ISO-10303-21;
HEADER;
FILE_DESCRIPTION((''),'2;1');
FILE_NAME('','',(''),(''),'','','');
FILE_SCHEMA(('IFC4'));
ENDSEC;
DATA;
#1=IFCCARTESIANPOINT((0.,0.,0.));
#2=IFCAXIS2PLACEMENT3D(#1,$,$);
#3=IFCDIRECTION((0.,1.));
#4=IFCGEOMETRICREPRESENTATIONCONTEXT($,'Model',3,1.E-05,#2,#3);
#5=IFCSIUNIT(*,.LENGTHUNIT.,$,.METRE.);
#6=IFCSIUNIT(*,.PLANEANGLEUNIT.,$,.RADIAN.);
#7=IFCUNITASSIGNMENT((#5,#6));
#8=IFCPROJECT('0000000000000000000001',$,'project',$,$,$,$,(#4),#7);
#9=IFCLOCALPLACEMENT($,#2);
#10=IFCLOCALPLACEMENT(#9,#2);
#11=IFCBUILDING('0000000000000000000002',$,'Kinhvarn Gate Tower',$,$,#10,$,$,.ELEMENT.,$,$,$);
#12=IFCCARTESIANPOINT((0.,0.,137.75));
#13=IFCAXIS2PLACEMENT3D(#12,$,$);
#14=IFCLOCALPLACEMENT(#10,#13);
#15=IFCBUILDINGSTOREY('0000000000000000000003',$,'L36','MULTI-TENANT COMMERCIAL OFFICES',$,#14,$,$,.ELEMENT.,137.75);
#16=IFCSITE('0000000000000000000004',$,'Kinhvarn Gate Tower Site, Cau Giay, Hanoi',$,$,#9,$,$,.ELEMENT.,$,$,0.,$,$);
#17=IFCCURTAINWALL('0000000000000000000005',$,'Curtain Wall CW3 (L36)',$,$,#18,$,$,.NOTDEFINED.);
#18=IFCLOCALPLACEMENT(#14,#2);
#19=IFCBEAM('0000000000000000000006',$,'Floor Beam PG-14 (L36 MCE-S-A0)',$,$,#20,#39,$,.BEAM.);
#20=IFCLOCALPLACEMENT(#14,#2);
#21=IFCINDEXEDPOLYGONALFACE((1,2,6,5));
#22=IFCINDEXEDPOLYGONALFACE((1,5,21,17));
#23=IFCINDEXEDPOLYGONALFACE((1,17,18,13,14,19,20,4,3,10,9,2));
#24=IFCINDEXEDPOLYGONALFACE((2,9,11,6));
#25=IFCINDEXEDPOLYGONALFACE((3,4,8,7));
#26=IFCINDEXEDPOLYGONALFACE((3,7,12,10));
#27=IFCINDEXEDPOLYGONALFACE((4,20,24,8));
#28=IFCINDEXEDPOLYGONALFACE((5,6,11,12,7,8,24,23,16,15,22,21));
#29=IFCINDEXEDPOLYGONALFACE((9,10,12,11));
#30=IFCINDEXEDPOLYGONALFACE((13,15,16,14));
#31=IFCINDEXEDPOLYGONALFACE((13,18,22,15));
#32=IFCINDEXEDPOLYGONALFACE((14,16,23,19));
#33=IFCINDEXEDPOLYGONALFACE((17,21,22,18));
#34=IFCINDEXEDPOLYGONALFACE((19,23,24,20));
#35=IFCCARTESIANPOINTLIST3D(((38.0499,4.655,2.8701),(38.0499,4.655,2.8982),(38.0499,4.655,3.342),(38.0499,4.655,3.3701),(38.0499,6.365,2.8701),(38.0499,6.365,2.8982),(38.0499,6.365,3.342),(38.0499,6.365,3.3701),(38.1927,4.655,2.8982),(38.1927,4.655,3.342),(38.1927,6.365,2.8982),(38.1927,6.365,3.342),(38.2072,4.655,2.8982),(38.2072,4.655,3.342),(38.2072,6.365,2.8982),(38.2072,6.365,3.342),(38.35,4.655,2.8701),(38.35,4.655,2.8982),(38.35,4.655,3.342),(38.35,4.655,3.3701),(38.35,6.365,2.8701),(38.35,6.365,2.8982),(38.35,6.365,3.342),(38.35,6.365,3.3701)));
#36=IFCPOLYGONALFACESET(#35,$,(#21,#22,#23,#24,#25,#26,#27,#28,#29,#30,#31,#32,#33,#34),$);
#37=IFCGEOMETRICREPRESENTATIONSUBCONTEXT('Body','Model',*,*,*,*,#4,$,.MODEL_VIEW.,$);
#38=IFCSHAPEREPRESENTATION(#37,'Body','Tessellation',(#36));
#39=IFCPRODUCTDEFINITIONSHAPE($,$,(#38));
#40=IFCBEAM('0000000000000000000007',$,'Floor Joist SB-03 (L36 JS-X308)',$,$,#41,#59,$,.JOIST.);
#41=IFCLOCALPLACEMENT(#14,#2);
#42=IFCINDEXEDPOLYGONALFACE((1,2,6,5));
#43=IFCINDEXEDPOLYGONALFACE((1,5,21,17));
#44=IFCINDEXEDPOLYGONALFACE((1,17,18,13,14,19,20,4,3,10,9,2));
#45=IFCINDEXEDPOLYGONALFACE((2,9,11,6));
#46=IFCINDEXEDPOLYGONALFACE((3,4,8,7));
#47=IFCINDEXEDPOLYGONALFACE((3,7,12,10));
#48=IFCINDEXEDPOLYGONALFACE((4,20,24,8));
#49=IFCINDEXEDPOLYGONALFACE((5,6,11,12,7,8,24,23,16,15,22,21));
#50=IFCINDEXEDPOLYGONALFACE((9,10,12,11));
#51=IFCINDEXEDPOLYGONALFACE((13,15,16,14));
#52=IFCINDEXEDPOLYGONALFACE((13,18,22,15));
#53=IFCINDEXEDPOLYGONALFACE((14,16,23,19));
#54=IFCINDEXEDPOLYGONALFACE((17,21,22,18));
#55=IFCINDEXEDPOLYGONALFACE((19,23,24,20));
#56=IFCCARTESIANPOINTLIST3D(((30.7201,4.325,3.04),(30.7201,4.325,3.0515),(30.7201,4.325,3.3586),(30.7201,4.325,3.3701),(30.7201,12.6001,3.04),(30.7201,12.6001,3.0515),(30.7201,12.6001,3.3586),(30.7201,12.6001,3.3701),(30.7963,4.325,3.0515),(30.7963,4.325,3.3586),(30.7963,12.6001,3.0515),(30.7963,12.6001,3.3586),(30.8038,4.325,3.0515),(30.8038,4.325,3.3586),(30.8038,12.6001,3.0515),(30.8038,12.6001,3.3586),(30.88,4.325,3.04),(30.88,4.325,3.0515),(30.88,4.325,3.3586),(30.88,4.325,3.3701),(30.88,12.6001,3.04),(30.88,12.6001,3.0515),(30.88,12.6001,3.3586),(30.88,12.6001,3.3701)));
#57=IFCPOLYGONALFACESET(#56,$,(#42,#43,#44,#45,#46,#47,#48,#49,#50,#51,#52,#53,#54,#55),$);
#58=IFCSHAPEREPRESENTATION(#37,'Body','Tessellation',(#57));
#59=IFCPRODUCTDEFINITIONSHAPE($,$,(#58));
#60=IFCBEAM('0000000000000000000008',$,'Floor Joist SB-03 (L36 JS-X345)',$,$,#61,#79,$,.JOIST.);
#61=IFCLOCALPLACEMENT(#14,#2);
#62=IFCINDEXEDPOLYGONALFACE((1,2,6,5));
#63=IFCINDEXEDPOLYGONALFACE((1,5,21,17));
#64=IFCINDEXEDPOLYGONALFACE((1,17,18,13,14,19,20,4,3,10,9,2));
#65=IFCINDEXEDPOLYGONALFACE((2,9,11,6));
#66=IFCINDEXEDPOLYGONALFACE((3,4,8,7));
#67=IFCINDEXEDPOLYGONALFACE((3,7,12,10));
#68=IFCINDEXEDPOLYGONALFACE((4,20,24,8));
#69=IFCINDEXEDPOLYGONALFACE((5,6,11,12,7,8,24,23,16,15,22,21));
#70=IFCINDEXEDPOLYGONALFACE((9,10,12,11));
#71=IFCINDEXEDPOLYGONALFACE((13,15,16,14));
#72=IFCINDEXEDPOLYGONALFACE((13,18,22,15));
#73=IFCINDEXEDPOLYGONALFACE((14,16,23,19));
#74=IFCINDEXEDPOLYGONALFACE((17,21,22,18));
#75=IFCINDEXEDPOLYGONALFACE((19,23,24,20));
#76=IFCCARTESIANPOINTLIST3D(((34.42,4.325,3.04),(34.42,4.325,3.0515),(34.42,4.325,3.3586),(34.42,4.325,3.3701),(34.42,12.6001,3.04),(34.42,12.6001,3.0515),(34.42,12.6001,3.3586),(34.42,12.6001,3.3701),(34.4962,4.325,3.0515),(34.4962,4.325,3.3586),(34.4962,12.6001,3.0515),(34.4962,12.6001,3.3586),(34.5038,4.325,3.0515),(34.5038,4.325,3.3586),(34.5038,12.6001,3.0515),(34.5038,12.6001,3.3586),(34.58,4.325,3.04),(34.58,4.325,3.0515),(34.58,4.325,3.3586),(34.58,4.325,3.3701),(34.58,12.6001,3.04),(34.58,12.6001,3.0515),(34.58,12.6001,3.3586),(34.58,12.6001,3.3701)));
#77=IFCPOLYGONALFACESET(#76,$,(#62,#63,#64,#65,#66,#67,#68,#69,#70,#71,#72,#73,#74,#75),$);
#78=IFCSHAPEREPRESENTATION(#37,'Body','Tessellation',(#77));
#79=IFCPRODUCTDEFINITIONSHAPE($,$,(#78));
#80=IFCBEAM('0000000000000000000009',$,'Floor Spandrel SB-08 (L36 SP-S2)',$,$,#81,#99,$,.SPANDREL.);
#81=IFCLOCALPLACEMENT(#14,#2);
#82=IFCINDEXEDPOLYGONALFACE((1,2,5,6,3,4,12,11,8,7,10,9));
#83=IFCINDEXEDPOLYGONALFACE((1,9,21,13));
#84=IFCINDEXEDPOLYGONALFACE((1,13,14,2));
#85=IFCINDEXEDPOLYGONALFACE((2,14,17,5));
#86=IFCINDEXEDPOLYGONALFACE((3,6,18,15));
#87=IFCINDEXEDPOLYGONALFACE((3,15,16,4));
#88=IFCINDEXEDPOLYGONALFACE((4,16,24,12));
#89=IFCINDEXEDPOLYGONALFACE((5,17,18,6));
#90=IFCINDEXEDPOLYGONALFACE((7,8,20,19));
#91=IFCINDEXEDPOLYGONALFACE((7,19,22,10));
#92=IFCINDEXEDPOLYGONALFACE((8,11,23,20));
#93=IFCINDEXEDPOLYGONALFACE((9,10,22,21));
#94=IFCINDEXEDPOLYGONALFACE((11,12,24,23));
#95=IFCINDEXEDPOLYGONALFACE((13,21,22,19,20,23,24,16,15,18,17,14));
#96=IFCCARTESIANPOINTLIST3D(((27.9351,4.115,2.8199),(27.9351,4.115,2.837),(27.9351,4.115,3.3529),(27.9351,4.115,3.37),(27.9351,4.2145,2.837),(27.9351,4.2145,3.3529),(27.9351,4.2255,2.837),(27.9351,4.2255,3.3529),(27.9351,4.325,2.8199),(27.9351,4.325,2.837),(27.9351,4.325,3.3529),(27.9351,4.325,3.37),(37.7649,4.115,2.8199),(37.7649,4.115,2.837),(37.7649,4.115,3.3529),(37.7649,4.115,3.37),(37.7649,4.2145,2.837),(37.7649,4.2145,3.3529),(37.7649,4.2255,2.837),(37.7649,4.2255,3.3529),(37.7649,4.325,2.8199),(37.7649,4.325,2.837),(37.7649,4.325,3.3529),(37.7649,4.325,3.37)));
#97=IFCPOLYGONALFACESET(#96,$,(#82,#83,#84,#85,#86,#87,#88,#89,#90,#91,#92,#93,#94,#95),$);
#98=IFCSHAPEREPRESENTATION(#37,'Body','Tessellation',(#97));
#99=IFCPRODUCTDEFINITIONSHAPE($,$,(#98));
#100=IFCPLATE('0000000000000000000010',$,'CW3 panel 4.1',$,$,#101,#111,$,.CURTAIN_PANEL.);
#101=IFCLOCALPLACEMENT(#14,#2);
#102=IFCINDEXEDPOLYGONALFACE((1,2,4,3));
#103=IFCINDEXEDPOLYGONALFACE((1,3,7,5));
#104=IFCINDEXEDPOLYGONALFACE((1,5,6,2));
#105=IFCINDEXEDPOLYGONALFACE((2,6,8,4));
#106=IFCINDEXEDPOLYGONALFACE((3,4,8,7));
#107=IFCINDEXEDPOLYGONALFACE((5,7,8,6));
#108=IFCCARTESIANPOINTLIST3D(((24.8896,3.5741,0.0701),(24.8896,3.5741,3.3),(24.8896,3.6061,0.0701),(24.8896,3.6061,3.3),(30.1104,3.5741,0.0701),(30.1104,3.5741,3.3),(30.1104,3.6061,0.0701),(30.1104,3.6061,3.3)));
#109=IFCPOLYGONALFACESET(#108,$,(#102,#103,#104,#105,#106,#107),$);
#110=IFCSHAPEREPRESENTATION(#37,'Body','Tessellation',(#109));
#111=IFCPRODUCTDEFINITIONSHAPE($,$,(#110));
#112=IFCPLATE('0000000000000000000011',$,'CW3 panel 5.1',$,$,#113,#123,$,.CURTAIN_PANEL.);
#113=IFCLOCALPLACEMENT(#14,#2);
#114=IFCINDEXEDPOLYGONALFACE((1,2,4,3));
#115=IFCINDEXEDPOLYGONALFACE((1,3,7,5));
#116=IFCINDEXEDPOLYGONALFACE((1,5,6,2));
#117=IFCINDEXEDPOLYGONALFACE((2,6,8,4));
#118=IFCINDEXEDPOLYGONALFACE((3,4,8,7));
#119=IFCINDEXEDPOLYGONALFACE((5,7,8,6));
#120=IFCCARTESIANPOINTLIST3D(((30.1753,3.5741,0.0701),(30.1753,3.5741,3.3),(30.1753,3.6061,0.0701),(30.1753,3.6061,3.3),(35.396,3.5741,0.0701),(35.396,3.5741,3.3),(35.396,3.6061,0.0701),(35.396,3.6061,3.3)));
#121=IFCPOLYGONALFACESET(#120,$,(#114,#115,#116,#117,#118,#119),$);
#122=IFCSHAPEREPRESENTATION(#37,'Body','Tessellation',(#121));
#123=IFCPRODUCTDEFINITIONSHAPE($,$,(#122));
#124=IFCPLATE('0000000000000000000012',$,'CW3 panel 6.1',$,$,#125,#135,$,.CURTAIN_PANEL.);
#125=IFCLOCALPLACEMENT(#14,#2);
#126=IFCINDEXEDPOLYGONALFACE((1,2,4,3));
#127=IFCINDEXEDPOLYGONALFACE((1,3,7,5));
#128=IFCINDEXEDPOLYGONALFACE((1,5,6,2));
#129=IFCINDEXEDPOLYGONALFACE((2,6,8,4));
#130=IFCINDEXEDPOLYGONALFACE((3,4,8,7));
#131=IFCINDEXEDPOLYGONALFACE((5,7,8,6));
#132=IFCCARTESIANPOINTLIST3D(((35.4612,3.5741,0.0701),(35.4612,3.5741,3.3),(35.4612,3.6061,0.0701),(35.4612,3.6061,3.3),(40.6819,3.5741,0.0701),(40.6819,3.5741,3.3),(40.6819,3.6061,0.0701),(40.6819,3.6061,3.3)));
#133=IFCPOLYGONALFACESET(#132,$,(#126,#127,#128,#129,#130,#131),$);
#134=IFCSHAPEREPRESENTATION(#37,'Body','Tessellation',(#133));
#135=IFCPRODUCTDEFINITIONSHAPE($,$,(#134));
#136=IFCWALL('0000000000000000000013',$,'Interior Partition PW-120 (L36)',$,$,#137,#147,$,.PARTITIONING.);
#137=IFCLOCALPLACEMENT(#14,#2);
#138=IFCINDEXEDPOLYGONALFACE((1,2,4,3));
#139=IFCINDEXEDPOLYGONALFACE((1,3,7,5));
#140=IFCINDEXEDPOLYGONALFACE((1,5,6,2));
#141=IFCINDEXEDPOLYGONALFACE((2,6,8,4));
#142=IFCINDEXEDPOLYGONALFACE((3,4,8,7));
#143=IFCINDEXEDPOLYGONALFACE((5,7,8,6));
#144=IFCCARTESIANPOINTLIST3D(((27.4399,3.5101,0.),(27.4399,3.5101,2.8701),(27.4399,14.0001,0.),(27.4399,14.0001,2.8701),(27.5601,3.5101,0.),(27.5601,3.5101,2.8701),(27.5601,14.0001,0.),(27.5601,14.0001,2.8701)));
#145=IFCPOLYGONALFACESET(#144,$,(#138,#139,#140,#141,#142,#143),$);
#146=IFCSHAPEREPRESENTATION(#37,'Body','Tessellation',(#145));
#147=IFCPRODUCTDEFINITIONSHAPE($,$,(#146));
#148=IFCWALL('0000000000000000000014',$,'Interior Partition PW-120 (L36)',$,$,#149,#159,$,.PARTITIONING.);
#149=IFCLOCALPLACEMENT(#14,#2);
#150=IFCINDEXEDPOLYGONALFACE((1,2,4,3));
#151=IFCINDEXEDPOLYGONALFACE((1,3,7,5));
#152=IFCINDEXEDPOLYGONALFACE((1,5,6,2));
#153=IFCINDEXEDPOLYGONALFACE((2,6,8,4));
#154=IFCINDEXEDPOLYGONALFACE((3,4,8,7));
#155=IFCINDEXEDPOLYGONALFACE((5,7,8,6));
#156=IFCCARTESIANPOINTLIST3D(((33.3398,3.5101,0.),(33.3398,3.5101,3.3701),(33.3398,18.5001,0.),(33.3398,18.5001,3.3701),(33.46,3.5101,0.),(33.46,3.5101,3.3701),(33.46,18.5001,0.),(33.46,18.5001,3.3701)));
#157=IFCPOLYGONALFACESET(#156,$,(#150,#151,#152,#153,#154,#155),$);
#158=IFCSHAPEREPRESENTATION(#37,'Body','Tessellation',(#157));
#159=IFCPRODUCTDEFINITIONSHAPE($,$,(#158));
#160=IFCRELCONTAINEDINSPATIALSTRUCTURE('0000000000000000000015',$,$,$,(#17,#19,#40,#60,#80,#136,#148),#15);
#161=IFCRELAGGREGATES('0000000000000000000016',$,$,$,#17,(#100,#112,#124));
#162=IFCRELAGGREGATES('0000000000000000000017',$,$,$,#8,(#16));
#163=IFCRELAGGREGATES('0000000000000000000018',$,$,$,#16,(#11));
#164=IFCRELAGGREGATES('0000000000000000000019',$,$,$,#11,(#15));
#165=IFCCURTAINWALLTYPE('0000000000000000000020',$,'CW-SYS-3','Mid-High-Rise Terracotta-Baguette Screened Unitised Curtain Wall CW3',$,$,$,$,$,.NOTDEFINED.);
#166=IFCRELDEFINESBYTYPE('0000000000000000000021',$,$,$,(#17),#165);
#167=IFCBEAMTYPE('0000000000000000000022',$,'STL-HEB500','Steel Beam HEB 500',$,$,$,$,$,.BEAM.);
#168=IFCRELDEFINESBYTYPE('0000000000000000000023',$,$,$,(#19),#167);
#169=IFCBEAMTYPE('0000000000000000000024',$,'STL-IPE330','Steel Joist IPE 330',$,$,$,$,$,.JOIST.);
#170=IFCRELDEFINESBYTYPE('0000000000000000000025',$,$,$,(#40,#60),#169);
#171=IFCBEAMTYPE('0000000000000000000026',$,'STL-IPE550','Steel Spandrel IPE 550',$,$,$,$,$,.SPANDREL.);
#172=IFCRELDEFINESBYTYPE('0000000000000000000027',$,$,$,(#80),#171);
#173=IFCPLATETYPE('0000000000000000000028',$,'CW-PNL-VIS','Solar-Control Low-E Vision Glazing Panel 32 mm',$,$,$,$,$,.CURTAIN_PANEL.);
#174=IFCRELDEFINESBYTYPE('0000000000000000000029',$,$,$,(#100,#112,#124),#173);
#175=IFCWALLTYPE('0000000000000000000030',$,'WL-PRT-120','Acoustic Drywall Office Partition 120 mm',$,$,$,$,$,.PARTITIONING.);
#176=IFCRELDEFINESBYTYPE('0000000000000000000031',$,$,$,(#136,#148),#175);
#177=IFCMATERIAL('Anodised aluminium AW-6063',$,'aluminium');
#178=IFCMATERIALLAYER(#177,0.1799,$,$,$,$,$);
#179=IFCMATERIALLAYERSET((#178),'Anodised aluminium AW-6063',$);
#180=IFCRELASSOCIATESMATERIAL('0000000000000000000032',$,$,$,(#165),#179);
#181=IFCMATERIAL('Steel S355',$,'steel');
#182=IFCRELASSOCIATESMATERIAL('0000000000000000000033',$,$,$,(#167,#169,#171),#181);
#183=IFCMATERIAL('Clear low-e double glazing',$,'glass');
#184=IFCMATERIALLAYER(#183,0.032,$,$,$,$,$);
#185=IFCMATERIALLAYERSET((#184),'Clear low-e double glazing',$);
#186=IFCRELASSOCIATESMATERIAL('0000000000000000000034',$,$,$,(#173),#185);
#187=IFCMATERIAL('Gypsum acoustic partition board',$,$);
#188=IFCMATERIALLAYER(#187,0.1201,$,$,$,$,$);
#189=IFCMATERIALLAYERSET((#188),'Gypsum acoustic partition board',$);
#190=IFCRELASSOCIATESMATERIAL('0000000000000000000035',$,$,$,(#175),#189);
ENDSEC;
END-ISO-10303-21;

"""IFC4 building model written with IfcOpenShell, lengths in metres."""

from ifc_helpers import new_model, si_unit, direction, frame, frame_2d, origin, origin_2d, place, context, subcontext, project, spatial, rectangle, i_section, extrude, material, layer, layer_set, material_profile, profile_set, type_object, element, aggregate, save


model = new_model("IFC4")

# Units and contexts
model_context = context("Model", 3, precision=1e-05, world=origin(), true_north=direction((0.0, 1.0)))
body_context = subcontext(model_context, "Body", "Model", "MODEL_VIEW")
ifc_project = project(units=[si_unit("LENGTHUNIT", "METRE"), si_unit("PLANEANGLEUNIT", "RADIAN")], contexts=[model_context])

# Site, building, storey
site_placement = place(None, origin())
site = spatial("IfcSite", under=ifc_project, at=site_placement, Name="Kinhvarn Gate Tower Site, Cau Giay, Hanoi", CompositionType="ELEMENT", RefElevation=0.0)
building_placement = place(site_placement, origin())
building = spatial("IfcBuilding", under=site, at=building_placement, Name="Kinhvarn Gate Tower", CompositionType="ELEMENT")
storey_placement = place(building_placement, frame((0.0, 0.0, 137.75)))
storey = spatial("IfcBuildingStorey", under=building, at=storey_placement, Name="L36", Description="MULTI-TENANT COMMERCIAL OFFICES", CompositionType="ELEMENT", Elevation=137.75)

# Curtain wall
ifc_material_1 = material(Name="Anodised aluminium AW-6063", Category="aluminium")
ifc_layer_1 = layer(ifc_material_1, 0.1799)
ifc_layer_set_1 = layer_set([ifc_layer_1], Name="Anodised aluminium AW-6063")
curtain_wall_type = type_object("IfcCurtainWallType", Name="CW-SYS-3", Description="Mid-High-Rise Terracotta-Baguette Screened Unitised Curtain Wall CW3", PredefinedType="NOTDEFINED", material=ifc_layer_set_1)
curtain_wall_placement = place(storey_placement, origin())
curtain_wall = element("IfcCurtainWall", 1, at=curtain_wall_placement, inside=storey, type_object=curtain_wall_type, Name="Curtain Wall CW3 (L36)", PredefinedType="NOTDEFINED")

# Beams
ifc_material_2 = material(Name="Steel S355", Category="steel")
ifc_material_profile_1 = material_profile(ifc_material_2, i_section(OverallWidth=0.3, OverallDepth=0.5, WebThickness=0.0144, FlangeThickness=0.0281, at=origin_2d()), Name="HEB 500")
ifc_profile_set_1 = profile_set([ifc_material_profile_1], Name="Steel S355")
beam_type_1 = type_object("IfcBeamType", Name="STL-HEB500", Description="Steel Beam HEB 500", PredefinedType="BEAM", material=ifc_profile_set_1)
beam_1_placement = place(storey_placement, frame((38.2, 4.655, 3.1201), z_axis=(0.0, 1.0, 0.0), x_axis=(-1.0, 0.0, 0.0)))
element("IfcBeam", 2, at=beam_1_placement, inside=storey, type_object=beam_type_1, Name="Floor Beam PG-14 (L36 MCE-S-A0)", PredefinedType="BEAM", context=body_context, shape_type="SweptSolid", body=[
    extrude(i_section(OverallWidth=0.3, OverallDepth=0.5, WebThickness=0.0144, FlangeThickness=0.0281, at=origin_2d()), origin(), (0.0, 0.0, 1.0), 1.71),
])
ifc_material_profile_2 = material_profile(ifc_material_2, i_section(OverallWidth=0.1599, OverallDepth=0.3301, WebThickness=0.0076, FlangeThickness=0.0115, at=origin_2d()), Name="IPE 330")
ifc_profile_set_2 = profile_set([ifc_material_profile_2], Name="Steel S355")
beam_type_2 = type_object("IfcBeamType", Name="STL-IPE330", Description="Steel Joist IPE 330", PredefinedType="JOIST", material=ifc_profile_set_2)
for number, where, z_axis, x_axis, name in (
    (3, (30.8, 4.325, 3.2051), (0.0, 1.0, 0.0), (-1.0, 0.0, 0.0), "Floor Joist SB-03 (L36 JS-X308)"),
    (4, (34.5, 4.325, 3.2051), (0.0, 1.0, 0.0), (-1.0, 0.0, 0.0), "Floor Joist SB-03 (L36 JS-X345)"),
):
    element("IfcBeam", number, at=place(storey_placement, frame(where, z_axis=z_axis, x_axis=x_axis)), inside=storey, type_object=beam_type_2, Name=name, PredefinedType="JOIST", context=body_context, shape_type="SweptSolid", body=[
        extrude(i_section(OverallWidth=0.1599, OverallDepth=0.3301, WebThickness=0.0076, FlangeThickness=0.0115, at=origin_2d()), origin(), (0.0, 0.0, 1.0), 8.2751),
    ])
ifc_material_profile_3 = material_profile(ifc_material_2, i_section(OverallWidth=0.21, OverallDepth=0.55, WebThickness=0.011, FlangeThickness=0.0171, at=origin_2d()), Name="IPE 550")
ifc_profile_set_3 = profile_set([ifc_material_profile_3], Name="Steel S355")
beam_type_3 = type_object("IfcBeamType", Name="STL-IPE550", Description="Steel Spandrel IPE 550", PredefinedType="SPANDREL", material=ifc_profile_set_3)
beam_2_placement = place(storey_placement, frame((27.9351, 4.22, 3.095), z_axis=(1.0, 0.0, 0.0), x_axis=(0.0, 1.0, 0.0)))
element("IfcBeam", 5, at=beam_2_placement, inside=storey, type_object=beam_type_3, Name="Floor Spandrel SB-08 (L36 SP-S2)", PredefinedType="SPANDREL", context=body_context, shape_type="SweptSolid", body=[
    extrude(i_section(OverallWidth=0.21, OverallDepth=0.55, WebThickness=0.011, FlangeThickness=0.0171, at=origin_2d()), origin(), (0.0, 0.0, 1.0), 9.8298),
])

# Plates
ifc_material_3 = material(Name="Clear low-e double glazing", Category="glass")
ifc_layer_2 = layer(ifc_material_3, 0.032)
ifc_layer_set_2 = layer_set([ifc_layer_2], Name="Clear low-e double glazing")
plate_type = type_object("IfcPlateType", Name="CW-PNL-VIS", Description="Solar-Control Low-E Vision Glazing Panel 32 mm", PredefinedType="CURTAIN_PANEL", material=ifc_layer_set_2)
plate_1_placement = place(storey_placement, frame((27.5, 3.5901, 0.0701), z_axis=(0.0, 0.0, 1.0), x_axis=(1.0, 0.0, 0.0)))
plate_1 = element("IfcPlate", 6, at=plate_1_placement, type_object=plate_type, Name="CW3 panel 4.1", PredefinedType="CURTAIN_PANEL", context=body_context, shape_type="SweptSolid", body=[
    extrude(rectangle(XDim=5.2207, YDim=0.032, at=origin_2d()), origin(), (0.0, 0.0, 1.0), 3.23),
])
plate_2_placement = place(storey_placement, frame((32.7856, 3.5901, 0.0701), z_axis=(0.0, 0.0, 1.0), x_axis=(1.0, 0.0, 0.0)))
plate_2 = element("IfcPlate", 7, at=plate_2_placement, type_object=plate_type, Name="CW3 panel 5.1", PredefinedType="CURTAIN_PANEL", context=body_context, shape_type="SweptSolid", body=[
    extrude(rectangle(XDim=5.2207, YDim=0.032, at=origin_2d()), origin(), (0.0, 0.0, 1.0), 3.23),
])
plate_3_placement = place(storey_placement, frame((38.0715, 3.5901, 0.0701), z_axis=(0.0, 0.0, 1.0), x_axis=(1.0, 0.0, 0.0)))
plate_3 = element("IfcPlate", 8, at=plate_3_placement, type_object=plate_type, Name="CW3 panel 6.1", PredefinedType="CURTAIN_PANEL", context=body_context, shape_type="SweptSolid", body=[
    extrude(rectangle(XDim=5.2207, YDim=0.032, at=origin_2d()), origin(), (0.0, 0.0, 1.0), 3.23),
])
aggregate(curtain_wall, [plate_1, plate_2, plate_3])

# Walls
ifc_material_4 = material(Name="Gypsum acoustic partition board")
ifc_layer_3 = layer(ifc_material_4, 0.1201)
ifc_layer_set_3 = layer_set([ifc_layer_3], Name="Gypsum acoustic partition board")
wall_type = type_object("IfcWallType", Name="WL-PRT-120", Description="Acoustic Drywall Office Partition 120 mm", PredefinedType="PARTITIONING", material=ifc_layer_set_3)
wall_1_placement = place(storey_placement, frame((27.5, 3.51, 0.0), z_axis=(0.0, 0.0, 1.0), x_axis=(0.0, 1.0, 0.0)))
element("IfcWall", 9, at=wall_1_placement, inside=storey, type_object=wall_type, Name="Interior Partition PW-120 (L36)", PredefinedType="PARTITIONING", context=body_context, shape_type="SweptSolid", body=[
    extrude(rectangle(XDim=10.49, YDim=0.1201, at=frame_2d((5.2451, 0.0))), origin(), (0.0, 0.0, 1.0), 2.8701),
])
wall_2_placement = place(storey_placement, frame((33.3999, 3.51, 0.0), z_axis=(0.0, 0.0, 1.0), x_axis=(0.0, 1.0, 0.0)))
element("IfcWall", 10, at=wall_2_placement, inside=storey, type_object=wall_type, Name="Interior Partition PW-120 (L36)", PredefinedType="PARTITIONING", context=body_context, shape_type="SweptSolid", body=[
    extrude(rectangle(XDim=14.99, YDim=0.1201, at=frame_2d((7.4951, 0.0))), origin(), (0.0, 0.0, 1.0), 3.3701),
])

save(model, "model.ifc")
